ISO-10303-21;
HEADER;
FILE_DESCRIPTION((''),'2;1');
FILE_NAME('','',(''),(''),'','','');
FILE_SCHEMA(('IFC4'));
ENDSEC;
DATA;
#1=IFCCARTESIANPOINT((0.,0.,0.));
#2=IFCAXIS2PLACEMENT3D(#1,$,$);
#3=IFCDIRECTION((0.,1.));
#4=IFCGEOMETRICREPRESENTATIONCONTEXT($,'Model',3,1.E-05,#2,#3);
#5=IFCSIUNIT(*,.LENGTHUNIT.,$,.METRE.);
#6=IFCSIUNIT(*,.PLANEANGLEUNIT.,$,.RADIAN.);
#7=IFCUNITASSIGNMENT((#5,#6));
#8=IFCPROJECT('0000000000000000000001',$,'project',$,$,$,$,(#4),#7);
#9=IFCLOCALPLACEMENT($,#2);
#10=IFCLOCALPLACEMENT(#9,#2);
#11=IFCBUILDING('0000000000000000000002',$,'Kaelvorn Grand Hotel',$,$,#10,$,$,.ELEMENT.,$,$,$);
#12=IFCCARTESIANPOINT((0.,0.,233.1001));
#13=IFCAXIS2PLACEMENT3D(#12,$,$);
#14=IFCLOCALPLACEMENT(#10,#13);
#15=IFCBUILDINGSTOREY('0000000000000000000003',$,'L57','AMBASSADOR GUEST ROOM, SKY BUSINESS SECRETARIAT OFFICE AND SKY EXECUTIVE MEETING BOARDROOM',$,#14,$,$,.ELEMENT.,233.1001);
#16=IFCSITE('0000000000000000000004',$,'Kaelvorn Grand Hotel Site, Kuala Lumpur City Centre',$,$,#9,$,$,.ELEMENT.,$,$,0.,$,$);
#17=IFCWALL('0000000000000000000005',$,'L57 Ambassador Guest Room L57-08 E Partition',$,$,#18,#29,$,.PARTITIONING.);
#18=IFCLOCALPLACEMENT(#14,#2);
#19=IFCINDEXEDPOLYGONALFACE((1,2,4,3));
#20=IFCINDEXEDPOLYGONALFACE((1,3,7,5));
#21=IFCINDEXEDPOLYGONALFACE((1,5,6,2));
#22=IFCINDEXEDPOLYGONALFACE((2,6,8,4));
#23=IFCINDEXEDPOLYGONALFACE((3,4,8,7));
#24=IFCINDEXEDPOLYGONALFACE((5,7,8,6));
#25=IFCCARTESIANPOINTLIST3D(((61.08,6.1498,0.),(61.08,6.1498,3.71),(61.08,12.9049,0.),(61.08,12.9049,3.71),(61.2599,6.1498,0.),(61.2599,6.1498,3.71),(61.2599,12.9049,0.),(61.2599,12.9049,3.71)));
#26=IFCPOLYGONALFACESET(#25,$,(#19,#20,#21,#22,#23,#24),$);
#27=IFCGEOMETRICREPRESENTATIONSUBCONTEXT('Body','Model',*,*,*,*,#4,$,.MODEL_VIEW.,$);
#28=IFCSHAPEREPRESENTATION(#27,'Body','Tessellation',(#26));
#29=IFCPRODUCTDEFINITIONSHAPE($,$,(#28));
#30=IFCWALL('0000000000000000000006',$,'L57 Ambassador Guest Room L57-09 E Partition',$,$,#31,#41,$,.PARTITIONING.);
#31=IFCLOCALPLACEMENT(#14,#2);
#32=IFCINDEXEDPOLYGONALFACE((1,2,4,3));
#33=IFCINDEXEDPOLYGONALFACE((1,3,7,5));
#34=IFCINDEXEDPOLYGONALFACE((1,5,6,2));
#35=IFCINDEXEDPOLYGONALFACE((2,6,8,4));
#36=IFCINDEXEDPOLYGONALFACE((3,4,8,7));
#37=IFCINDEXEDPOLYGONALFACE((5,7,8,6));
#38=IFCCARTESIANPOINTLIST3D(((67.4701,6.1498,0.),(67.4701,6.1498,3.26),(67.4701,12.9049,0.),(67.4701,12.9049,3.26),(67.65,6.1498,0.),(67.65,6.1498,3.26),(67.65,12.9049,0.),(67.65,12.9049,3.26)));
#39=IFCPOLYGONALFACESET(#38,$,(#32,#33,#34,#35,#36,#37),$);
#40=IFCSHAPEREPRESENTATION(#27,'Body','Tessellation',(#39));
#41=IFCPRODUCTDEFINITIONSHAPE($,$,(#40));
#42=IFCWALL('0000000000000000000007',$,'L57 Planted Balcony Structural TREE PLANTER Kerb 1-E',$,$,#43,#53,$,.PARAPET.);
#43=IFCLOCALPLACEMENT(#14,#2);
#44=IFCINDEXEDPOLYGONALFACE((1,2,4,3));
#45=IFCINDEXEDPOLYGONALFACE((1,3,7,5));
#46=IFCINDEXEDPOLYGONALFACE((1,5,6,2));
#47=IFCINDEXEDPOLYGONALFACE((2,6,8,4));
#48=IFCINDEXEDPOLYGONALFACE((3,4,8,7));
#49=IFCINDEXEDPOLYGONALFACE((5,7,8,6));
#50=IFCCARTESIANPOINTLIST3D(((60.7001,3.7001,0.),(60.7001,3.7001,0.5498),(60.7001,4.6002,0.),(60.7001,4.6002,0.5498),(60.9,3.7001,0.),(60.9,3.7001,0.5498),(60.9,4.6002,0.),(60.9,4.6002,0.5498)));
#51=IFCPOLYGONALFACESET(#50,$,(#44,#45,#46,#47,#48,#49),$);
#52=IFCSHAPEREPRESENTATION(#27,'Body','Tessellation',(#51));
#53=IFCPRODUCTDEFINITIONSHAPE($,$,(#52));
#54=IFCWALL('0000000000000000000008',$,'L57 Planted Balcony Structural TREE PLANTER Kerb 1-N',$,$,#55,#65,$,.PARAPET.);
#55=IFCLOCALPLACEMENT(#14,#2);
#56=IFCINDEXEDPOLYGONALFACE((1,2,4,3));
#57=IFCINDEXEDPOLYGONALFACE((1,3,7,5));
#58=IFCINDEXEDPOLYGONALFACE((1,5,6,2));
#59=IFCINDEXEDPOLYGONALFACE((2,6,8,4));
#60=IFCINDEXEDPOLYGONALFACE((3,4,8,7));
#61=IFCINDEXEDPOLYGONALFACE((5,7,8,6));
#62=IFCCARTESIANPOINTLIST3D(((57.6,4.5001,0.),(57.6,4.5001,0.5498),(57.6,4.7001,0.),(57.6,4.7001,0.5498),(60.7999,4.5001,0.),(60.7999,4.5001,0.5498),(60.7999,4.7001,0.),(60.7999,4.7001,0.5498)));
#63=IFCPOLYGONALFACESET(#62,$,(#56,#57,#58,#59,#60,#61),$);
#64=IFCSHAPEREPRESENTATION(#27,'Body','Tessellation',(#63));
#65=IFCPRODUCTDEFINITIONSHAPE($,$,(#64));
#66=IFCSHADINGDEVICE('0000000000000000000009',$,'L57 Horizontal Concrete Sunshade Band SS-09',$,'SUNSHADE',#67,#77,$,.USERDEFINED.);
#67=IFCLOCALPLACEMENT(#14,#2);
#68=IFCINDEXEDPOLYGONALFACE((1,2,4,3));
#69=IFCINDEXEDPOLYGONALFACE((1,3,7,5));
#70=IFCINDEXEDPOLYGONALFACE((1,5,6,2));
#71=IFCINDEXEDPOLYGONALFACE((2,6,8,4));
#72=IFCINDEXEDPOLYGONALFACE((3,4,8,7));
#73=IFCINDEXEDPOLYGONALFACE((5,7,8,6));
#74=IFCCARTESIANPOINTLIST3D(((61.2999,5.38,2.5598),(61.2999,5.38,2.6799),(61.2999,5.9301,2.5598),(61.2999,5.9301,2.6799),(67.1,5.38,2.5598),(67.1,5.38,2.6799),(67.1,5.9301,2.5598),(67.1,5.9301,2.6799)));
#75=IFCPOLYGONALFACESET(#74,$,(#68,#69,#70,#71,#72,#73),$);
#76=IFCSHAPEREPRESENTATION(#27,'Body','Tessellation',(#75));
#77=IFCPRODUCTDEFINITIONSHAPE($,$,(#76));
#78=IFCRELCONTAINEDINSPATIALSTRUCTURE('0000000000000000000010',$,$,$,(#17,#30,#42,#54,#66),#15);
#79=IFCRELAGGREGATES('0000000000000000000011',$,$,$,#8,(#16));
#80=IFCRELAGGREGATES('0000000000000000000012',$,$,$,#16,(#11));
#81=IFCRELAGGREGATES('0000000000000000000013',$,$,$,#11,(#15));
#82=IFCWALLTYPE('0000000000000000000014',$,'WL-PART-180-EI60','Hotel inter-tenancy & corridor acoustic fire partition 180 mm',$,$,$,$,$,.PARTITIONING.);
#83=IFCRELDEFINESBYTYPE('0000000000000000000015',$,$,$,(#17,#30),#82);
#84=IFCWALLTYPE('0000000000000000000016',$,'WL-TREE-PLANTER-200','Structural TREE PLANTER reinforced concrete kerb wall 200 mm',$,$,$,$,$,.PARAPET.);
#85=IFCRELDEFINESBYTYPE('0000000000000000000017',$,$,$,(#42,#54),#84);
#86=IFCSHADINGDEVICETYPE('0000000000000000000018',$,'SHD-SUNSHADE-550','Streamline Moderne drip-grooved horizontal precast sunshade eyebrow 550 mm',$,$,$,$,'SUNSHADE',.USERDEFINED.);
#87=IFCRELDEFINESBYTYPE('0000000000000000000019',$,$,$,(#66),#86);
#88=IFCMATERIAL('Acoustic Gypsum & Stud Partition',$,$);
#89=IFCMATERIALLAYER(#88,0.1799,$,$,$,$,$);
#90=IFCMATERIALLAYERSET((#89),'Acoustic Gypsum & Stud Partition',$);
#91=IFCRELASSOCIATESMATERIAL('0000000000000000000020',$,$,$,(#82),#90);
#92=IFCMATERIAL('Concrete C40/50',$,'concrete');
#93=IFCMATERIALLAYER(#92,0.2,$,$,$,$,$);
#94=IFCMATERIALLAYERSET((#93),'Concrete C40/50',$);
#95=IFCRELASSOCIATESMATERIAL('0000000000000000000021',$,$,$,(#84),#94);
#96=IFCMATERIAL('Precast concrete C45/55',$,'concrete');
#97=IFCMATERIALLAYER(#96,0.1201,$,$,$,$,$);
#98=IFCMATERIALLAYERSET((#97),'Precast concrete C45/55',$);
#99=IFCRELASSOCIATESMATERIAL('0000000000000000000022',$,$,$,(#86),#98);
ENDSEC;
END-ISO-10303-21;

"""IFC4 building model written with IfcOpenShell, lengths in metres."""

from ifc_helpers import new_model, si_unit, direction, frame, frame_2d, origin, origin_2d, place, context, subcontext, project, spatial, rectangle, extrude, material, layer, layer_set, type_object, element, save


model = new_model("IFC4")

# Units and contexts
model_context = context("Model", 3, precision=1e-05, world=origin(), true_north=direction((0.0, 1.0)))
body_context = subcontext(model_context, "Body", "Model", "MODEL_VIEW")
ifc_project = project(units=[si_unit("LENGTHUNIT", "METRE"), si_unit("PLANEANGLEUNIT", "RADIAN")], contexts=[model_context])

# Site, building, storey
site_placement = place(None, origin())
site = spatial("IfcSite", under=ifc_project, at=site_placement, Name="Kaelvorn Grand Hotel Site, Kuala Lumpur City Centre", CompositionType="ELEMENT", RefElevation=0.0)
building_placement = place(site_placement, origin())
building = spatial("IfcBuilding", under=site, at=building_placement, Name="Kaelvorn Grand Hotel", CompositionType="ELEMENT")
storey_placement = place(building_placement, frame((0.0, 0.0, 233.1001)))
storey = spatial("IfcBuildingStorey", under=building, at=storey_placement, Name="L57", Description="AMBASSADOR GUEST ROOM, SKY BUSINESS SECRETARIAT OFFICE AND SKY EXECUTIVE MEETING BOARDROOM", CompositionType="ELEMENT", Elevation=233.1001)

# Shared definitions
ifc_material_1 = material(Name="Concrete C40/50", Category="concrete")

# Shared definitions
ifc_material_2 = material(Name="Precast concrete C45/55", Category="concrete")

# Walls
ifc_material_3 = material(Name="Acoustic Gypsum & Stud Partition")
ifc_layer_1 = layer(ifc_material_3, 0.1799)
ifc_layer_set_1 = layer_set([ifc_layer_1], Name="Acoustic Gypsum & Stud Partition")
wall_type_1 = type_object("IfcWallType", Name="WL-PART-180-EI60", Description="Hotel inter-tenancy & corridor acoustic fire partition 180 mm", PredefinedType="PARTITIONING", material=ifc_layer_set_1)
wall_1_placement = place(storey_placement, frame((61.1699, 6.1499, 0.0), z_axis=(0.0, 0.0, 1.0), x_axis=(0.0, 1.0, 0.0)))
element("IfcWall", 1, at=wall_1_placement, inside=storey, type_object=wall_type_1, Name="L57 Ambassador Guest Room L57-08 E Partition", PredefinedType="PARTITIONING", context=body_context, shape_type="SweptSolid", body=[
    extrude(rectangle(XDim=6.7551, YDim=0.1799, at=frame_2d((3.3774, 0.0))), origin(), (0.0, 0.0, 1.0), 3.71),
])
wall_2_placement = place(storey_placement, frame((67.5601, 6.1499, 0.0), z_axis=(0.0, 0.0, 1.0), x_axis=(0.0, 1.0, 0.0)))
element("IfcWall", 2, at=wall_2_placement, inside=storey, type_object=wall_type_1, Name="L57 Ambassador Guest Room L57-09 E Partition", PredefinedType="PARTITIONING", context=body_context, shape_type="SweptSolid", body=[
    extrude(rectangle(XDim=6.7551, YDim=0.1799, at=frame_2d((3.3774, 0.0))), origin(), (0.0, 0.0, 1.0), 3.26),
])
ifc_layer_2 = layer(ifc_material_1, 0.2)
ifc_layer_set_2 = layer_set([ifc_layer_2], Name="Concrete C40/50")
wall_type_2 = type_object("IfcWallType", Name="WL-TREE-PLANTER-200", Description="Structural TREE PLANTER reinforced concrete kerb wall 200 mm", PredefinedType="PARAPET", material=ifc_layer_set_2)
wall_3_placement = place(storey_placement, frame((60.8, 3.7, 0.0), z_axis=(0.0, 0.0, 1.0), x_axis=(0.0, 1.0, 0.0)))
element("IfcWall", 3, at=wall_3_placement, inside=storey, type_object=wall_type_2, Name="L57 Planted Balcony Structural TREE PLANTER Kerb 1-E", PredefinedType="PARAPET", context=body_context, shape_type="SweptSolid", body=[
    extrude(rectangle(XDim=0.9001, YDim=0.2, at=frame_2d((0.4502, 0.0))), origin(), (0.0, 0.0, 1.0), 0.5498),
])
wall_4_placement = place(storey_placement, frame((60.8, 4.6001, 0.0), z_axis=(0.0, 0.0, 1.0), x_axis=(-1.0, 0.0, 0.0)))
element("IfcWall", 4, at=wall_4_placement, inside=storey, type_object=wall_type_2, Name="L57 Planted Balcony Structural TREE PLANTER Kerb 1-N", PredefinedType="PARAPET", context=body_context, shape_type="SweptSolid", body=[
    extrude(rectangle(XDim=3.2, YDim=0.2, at=frame_2d((1.6001, 0.0))), origin(), (0.0, 0.0, 1.0), 0.5498),
])

# Shading device
ifc_layer_3 = layer(ifc_material_2, 0.1201)
ifc_layer_set_3 = layer_set([ifc_layer_3], Name="Precast concrete C45/55")
shading_device_type = type_object("IfcShadingDeviceType", Name="SHD-SUNSHADE-550", Description="Streamline Moderne drip-grooved horizontal precast sunshade eyebrow 550 mm", ElementType="SUNSHADE", PredefinedType="USERDEFINED", material=ifc_layer_set_3)
shading_device_placement = place(storey_placement, frame((64.2, 5.655, 2.5598), z_axis=(0.0, 0.0, 1.0), x_axis=(1.0, 0.0, 0.0)))
element("IfcShadingDevice", 5, at=shading_device_placement, inside=storey, type_object=shading_device_type, Name="L57 Horizontal Concrete Sunshade Band SS-09", ObjectType="SUNSHADE", PredefinedType="USERDEFINED", context=body_context, shape_type="SweptSolid", body=[
    extrude(rectangle(XDim=5.8, YDim=0.55, at=origin_2d()), origin(), (0.0, 0.0, 1.0), 0.1201),
])

save(model, "model.ifc")
